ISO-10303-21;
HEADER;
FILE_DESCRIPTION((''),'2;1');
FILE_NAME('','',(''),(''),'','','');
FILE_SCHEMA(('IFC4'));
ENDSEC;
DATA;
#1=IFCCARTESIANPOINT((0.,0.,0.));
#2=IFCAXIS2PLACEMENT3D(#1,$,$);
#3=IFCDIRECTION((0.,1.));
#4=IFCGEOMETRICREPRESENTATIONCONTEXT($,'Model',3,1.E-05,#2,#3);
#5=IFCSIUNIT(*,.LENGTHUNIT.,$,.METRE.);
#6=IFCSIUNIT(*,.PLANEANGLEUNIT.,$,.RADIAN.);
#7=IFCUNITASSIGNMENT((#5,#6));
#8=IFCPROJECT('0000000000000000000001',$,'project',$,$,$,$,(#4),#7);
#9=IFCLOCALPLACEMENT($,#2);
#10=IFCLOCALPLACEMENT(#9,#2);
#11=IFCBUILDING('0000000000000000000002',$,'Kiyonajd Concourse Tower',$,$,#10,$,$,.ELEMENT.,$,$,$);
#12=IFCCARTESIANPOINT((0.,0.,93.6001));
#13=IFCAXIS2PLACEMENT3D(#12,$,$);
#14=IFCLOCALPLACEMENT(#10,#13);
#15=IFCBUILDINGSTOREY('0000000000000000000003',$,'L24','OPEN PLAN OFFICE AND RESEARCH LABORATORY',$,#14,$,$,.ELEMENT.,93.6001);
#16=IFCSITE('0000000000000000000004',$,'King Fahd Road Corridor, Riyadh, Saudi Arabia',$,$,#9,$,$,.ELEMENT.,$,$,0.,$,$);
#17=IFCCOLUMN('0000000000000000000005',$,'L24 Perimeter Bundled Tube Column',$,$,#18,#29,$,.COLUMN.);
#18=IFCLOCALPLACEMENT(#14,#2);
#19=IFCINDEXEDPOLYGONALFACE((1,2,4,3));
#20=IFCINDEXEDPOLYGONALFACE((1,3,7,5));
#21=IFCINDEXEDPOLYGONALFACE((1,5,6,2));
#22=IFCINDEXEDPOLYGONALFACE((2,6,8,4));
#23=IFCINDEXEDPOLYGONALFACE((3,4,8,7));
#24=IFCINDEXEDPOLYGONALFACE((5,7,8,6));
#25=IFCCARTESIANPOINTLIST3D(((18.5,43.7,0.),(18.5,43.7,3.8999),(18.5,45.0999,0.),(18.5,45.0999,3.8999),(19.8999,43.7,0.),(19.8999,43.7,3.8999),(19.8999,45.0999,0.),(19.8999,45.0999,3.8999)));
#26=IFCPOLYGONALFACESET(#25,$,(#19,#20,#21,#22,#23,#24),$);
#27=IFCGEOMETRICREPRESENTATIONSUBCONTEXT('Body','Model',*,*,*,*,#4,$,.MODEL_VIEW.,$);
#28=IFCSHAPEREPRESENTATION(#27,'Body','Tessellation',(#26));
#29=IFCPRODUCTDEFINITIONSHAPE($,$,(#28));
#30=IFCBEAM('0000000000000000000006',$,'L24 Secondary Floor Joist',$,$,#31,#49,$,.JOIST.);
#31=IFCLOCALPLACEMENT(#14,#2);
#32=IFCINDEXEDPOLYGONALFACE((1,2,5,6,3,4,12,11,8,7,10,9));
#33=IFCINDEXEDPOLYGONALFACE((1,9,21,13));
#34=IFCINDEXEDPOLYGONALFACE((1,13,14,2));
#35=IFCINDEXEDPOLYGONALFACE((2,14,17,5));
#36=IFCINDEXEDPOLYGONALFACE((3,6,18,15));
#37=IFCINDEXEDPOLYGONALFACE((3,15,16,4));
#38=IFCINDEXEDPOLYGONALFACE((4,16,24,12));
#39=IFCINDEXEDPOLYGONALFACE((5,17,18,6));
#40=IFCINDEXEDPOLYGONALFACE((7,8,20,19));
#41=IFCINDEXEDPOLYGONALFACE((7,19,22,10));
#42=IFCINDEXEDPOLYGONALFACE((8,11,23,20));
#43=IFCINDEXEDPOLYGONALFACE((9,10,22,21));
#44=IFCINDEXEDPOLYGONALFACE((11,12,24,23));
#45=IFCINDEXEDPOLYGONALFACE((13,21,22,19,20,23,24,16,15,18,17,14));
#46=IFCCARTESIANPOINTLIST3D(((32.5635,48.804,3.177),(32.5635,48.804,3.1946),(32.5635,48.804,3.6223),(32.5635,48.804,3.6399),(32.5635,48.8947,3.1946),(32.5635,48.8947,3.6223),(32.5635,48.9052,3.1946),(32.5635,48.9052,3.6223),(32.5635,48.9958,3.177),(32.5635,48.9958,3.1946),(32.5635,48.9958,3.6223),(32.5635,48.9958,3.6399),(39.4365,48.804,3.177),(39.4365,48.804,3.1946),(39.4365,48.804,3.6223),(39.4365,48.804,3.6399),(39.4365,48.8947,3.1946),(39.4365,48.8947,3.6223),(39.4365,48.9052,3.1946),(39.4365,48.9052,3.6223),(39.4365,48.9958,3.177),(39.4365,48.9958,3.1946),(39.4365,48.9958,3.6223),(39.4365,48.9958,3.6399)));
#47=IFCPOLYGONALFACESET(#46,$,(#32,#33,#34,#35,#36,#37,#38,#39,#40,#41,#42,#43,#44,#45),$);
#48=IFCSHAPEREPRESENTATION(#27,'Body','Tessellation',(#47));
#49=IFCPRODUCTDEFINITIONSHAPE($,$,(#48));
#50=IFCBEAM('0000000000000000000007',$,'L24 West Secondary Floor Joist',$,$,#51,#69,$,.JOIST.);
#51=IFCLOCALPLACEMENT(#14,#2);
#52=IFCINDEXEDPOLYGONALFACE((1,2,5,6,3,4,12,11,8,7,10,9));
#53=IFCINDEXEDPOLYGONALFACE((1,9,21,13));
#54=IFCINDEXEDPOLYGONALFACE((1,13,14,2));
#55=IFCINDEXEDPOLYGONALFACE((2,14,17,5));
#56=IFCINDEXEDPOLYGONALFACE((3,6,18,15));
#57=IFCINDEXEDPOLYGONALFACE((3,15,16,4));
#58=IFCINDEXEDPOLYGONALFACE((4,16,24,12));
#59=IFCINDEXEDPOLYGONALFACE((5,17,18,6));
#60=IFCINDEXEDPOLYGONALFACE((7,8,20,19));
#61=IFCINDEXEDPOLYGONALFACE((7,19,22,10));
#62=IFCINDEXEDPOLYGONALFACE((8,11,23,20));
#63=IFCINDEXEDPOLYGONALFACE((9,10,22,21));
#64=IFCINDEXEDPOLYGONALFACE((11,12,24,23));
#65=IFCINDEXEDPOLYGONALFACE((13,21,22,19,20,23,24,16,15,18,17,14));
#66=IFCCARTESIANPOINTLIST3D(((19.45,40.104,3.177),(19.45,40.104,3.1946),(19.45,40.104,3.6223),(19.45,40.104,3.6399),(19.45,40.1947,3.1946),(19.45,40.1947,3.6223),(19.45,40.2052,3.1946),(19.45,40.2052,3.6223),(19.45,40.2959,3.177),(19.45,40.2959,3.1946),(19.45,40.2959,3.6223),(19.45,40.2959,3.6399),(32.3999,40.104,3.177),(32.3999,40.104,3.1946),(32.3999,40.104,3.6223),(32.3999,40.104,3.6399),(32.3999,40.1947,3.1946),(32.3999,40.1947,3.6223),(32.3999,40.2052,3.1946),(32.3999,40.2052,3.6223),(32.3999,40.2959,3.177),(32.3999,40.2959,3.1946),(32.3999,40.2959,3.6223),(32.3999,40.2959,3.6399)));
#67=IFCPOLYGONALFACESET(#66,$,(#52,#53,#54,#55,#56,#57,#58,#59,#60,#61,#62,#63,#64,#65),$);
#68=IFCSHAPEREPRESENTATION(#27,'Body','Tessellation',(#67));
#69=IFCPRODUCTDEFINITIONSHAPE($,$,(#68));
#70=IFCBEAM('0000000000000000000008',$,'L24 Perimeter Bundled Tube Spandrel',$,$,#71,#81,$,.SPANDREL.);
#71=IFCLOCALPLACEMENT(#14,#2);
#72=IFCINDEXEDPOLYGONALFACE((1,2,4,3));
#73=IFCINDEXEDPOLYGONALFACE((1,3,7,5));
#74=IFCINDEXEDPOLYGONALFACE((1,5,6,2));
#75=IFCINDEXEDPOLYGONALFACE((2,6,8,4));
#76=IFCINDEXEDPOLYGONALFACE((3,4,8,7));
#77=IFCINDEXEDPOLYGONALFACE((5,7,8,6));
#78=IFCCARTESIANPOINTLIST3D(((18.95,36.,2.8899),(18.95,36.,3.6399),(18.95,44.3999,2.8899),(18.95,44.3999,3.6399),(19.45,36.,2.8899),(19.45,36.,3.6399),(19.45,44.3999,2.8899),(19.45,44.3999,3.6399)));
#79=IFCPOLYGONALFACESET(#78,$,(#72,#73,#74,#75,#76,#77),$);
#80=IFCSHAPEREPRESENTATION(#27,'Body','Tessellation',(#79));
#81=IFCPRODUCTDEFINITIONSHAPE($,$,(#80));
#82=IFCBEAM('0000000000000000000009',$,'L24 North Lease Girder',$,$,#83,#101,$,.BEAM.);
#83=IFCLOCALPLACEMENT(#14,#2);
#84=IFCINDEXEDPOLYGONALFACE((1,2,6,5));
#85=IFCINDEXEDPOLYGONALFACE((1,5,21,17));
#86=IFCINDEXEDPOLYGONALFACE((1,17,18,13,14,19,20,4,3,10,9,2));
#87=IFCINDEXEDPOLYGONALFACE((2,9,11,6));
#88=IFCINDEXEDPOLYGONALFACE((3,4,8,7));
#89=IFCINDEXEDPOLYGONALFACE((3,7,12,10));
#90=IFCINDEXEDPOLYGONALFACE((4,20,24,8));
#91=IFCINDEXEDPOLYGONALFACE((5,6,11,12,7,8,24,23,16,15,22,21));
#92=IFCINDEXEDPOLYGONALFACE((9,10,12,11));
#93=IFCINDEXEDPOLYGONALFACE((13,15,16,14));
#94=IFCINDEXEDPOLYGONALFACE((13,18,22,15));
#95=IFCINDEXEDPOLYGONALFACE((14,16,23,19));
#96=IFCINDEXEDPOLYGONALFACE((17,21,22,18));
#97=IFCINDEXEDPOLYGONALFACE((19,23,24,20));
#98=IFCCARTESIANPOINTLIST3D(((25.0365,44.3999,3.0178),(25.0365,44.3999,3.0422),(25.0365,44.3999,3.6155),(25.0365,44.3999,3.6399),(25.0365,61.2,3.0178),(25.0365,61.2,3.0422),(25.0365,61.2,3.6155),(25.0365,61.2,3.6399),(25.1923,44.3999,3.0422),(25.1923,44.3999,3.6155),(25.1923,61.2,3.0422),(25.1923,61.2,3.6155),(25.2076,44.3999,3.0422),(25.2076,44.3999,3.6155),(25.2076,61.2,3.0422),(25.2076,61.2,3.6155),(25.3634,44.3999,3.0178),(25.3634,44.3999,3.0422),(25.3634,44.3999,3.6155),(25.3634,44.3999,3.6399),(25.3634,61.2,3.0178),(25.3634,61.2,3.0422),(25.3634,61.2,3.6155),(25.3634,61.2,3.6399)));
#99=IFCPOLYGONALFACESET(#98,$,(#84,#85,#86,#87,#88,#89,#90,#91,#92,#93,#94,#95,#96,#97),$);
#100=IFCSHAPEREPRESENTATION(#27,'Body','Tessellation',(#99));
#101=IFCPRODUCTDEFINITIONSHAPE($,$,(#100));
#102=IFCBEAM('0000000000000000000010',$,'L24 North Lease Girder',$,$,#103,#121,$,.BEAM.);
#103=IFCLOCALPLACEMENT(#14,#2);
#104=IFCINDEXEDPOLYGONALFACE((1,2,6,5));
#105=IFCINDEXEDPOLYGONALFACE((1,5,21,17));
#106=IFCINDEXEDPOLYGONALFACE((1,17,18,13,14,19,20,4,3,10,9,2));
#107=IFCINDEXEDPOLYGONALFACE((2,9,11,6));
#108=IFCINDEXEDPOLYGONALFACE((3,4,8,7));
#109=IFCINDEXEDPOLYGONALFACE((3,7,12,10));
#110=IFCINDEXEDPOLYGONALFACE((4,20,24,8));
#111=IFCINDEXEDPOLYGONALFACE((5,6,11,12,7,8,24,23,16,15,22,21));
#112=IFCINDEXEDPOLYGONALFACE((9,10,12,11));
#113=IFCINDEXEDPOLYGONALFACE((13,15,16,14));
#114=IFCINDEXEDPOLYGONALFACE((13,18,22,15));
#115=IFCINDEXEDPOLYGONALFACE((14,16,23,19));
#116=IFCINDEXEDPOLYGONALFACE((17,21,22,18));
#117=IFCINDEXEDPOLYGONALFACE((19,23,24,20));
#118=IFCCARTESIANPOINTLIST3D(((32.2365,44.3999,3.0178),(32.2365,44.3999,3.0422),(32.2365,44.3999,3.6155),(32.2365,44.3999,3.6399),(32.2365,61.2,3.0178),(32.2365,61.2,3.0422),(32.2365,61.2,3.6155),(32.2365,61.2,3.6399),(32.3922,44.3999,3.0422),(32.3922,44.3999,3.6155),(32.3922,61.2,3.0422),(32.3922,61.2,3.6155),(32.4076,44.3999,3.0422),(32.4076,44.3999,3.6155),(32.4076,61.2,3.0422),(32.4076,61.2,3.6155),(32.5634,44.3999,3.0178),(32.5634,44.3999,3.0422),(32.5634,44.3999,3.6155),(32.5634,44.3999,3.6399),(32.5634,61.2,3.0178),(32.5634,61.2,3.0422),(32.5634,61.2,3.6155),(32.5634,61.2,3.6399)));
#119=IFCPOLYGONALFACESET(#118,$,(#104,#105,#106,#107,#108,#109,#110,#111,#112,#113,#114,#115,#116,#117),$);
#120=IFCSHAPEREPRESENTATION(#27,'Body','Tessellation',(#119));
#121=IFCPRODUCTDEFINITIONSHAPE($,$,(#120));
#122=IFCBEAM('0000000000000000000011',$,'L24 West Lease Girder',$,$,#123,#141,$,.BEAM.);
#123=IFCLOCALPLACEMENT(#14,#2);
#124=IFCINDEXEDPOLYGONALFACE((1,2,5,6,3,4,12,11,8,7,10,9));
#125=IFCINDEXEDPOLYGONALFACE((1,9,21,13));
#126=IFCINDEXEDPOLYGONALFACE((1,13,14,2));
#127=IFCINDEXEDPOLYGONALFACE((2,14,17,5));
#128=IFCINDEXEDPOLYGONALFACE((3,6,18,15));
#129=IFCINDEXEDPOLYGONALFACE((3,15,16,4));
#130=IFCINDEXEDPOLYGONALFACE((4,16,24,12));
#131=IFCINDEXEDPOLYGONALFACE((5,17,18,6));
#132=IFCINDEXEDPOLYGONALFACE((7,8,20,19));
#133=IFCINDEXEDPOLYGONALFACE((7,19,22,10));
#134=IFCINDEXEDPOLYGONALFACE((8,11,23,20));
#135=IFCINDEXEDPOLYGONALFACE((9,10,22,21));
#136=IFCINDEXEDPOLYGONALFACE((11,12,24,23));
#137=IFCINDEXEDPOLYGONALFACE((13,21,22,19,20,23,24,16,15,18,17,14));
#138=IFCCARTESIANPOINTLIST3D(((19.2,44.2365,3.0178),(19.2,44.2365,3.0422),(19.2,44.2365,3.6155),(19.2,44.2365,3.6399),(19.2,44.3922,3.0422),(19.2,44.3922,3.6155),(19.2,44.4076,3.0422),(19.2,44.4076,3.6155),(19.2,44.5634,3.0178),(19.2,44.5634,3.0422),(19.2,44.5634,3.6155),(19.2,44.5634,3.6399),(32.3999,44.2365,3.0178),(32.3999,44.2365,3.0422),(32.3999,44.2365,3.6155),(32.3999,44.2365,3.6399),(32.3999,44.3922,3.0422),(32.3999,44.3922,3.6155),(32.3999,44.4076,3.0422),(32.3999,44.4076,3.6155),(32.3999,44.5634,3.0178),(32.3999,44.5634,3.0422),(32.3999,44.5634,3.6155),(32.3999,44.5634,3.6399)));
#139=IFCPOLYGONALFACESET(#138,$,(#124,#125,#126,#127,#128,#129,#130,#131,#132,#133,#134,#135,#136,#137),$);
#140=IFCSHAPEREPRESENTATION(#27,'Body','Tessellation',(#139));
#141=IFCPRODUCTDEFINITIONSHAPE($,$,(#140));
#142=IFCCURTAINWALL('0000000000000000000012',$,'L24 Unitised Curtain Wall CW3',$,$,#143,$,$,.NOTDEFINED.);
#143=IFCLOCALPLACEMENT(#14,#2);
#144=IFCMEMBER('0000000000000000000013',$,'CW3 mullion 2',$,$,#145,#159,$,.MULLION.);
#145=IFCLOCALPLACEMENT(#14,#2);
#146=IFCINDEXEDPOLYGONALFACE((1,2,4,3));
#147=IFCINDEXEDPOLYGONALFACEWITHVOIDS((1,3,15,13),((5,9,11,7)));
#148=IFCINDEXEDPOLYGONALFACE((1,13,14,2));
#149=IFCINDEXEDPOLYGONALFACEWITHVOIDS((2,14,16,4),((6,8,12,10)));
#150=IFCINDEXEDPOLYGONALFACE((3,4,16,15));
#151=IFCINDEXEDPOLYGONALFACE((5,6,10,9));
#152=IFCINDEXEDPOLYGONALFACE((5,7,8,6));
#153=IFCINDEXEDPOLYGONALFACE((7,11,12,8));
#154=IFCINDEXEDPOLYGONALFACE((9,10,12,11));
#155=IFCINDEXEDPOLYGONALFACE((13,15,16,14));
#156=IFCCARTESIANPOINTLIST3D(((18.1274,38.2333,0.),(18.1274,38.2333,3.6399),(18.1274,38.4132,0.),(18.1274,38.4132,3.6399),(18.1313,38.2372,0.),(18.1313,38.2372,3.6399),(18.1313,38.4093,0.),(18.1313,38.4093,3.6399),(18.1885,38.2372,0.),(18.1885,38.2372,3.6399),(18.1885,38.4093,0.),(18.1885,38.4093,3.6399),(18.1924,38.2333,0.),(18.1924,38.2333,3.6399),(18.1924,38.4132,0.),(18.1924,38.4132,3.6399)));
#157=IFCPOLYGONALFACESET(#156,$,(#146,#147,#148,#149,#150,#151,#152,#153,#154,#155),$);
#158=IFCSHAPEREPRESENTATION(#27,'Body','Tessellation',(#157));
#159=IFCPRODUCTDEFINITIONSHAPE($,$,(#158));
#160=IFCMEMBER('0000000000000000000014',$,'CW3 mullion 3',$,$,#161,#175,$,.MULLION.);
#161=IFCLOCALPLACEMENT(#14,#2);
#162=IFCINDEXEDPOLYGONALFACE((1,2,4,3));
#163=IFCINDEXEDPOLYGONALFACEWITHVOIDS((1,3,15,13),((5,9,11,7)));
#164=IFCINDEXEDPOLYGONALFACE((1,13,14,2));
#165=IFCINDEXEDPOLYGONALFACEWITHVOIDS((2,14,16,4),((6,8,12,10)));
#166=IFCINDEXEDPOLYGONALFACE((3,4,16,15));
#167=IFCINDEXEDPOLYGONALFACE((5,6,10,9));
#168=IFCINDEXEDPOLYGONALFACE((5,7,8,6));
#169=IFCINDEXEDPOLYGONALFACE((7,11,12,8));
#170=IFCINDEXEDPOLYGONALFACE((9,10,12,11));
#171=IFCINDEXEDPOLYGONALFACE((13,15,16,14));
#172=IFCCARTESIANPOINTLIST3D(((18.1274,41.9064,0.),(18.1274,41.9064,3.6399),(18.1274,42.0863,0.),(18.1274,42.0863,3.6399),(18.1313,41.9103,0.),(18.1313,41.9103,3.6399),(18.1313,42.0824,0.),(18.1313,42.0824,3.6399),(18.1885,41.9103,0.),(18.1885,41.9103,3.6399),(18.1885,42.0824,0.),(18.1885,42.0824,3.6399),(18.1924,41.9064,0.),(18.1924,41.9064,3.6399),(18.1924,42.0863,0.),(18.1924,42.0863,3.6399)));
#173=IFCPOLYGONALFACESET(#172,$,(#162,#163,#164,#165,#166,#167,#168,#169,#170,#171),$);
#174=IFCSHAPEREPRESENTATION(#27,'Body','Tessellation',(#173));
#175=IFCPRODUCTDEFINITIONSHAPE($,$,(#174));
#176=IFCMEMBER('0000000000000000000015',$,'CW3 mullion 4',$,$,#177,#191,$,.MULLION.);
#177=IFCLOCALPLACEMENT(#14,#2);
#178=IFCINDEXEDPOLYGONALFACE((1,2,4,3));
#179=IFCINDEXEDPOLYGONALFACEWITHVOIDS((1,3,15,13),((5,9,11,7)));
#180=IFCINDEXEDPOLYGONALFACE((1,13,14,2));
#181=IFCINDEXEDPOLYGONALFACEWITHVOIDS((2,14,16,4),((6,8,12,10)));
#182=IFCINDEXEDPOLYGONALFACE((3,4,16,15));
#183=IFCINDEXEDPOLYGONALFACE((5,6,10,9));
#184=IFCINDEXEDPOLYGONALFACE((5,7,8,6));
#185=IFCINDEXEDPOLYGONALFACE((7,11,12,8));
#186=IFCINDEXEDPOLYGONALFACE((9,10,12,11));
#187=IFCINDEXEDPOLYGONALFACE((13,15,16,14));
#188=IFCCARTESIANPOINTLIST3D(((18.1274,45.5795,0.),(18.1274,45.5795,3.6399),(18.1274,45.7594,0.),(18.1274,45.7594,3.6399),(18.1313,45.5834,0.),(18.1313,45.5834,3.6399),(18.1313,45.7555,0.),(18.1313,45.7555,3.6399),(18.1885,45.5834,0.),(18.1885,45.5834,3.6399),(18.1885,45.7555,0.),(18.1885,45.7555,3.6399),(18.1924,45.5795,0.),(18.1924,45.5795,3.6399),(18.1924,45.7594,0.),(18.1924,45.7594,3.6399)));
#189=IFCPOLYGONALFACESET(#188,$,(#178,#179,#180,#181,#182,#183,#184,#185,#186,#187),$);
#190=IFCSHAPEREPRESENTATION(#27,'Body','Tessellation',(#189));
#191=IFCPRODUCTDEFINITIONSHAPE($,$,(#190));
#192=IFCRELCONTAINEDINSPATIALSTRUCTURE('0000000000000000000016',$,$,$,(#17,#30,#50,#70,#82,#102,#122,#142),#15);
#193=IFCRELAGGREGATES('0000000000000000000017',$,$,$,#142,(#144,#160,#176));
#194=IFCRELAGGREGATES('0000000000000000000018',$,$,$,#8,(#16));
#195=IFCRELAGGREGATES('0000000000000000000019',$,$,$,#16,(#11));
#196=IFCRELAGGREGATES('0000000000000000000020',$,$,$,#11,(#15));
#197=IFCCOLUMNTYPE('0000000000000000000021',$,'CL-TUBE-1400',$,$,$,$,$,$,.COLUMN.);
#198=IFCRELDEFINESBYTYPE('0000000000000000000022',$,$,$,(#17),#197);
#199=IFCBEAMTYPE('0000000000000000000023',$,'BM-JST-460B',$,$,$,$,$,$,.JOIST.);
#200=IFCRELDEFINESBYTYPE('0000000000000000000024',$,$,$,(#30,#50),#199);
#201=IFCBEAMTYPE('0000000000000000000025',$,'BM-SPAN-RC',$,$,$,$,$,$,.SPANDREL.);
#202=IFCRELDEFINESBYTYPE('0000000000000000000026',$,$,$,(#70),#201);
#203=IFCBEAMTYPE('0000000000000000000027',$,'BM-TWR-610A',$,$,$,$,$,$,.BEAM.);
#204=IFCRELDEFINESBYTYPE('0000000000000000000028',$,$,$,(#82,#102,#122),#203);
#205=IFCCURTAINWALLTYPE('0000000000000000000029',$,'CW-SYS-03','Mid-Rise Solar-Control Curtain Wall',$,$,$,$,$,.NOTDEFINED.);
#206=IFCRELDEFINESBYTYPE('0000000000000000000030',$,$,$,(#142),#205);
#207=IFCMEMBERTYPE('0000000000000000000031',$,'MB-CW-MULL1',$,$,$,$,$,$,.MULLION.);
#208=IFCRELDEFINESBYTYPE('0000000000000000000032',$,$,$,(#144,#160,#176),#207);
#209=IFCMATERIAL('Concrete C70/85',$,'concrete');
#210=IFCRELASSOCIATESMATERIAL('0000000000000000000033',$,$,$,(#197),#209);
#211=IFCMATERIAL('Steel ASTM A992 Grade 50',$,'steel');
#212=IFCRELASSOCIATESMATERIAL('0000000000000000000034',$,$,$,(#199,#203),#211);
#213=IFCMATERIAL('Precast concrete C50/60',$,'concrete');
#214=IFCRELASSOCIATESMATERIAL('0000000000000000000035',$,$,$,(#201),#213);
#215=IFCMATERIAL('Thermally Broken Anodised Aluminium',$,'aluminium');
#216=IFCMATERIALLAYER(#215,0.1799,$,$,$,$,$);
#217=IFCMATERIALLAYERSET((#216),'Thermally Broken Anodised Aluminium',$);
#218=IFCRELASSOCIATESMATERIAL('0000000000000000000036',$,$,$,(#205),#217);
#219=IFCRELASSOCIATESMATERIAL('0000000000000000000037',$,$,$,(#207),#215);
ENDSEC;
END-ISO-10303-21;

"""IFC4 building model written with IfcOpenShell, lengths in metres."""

from ifc_helpers import new_model, si_unit, direction, frame, origin, origin_2d, place, context, subcontext, project, spatial, rectangle, hollow_rectangle, i_section, extrude, material, layer, layer_set, material_profile, profile_set, type_object, element, aggregate, save


model = new_model("IFC4")

# Units and contexts
model_context = context("Model", 3, precision=1e-05, world=origin(), true_north=direction((0.0, 1.0)))
body_context = subcontext(model_context, "Body", "Model", "MODEL_VIEW")
ifc_project = project(units=[si_unit("LENGTHUNIT", "METRE"), si_unit("PLANEANGLEUNIT", "RADIAN")], contexts=[model_context])

# Site, building, storey
site_placement = place(None, origin())
site = spatial("IfcSite", under=ifc_project, at=site_placement, Name="King Fahd Road Corridor, Riyadh, Saudi Arabia", CompositionType="ELEMENT", RefElevation=0.0)
building_placement = place(site_placement, origin())
building = spatial("IfcBuilding", under=site, at=building_placement, Name="Kiyonajd Concourse Tower", CompositionType="ELEMENT")
storey_placement = place(building_placement, frame((0.0, 0.0, 93.6001)))
storey = spatial("IfcBuildingStorey", under=building, at=storey_placement, Name="L24", Description="OPEN PLAN OFFICE AND RESEARCH LABORATORY", CompositionType="ELEMENT", Elevation=93.6001)

# Column
ifc_material_1 = material(Name="Concrete C70/85", Category="concrete")
ifc_material_profile_1 = material_profile(ifc_material_1, rectangle(XDim=1.3999, YDim=1.3999, at=origin_2d()), Name="RC-1400x1400")
ifc_profile_set_1 = profile_set([ifc_material_profile_1], Name="Concrete C70/85")
column_type = type_object("IfcColumnType", Name="CL-TUBE-1400", PredefinedType="COLUMN", material=ifc_profile_set_1)
column_placement = place(storey_placement, frame((19.2, 44.3999, 0.0), z_axis=(0.0, 0.0, 1.0), x_axis=(1.0, 0.0, 0.0)))
element("IfcColumn", 1, at=column_placement, inside=storey, type_object=column_type, Name="L24 Perimeter Bundled Tube Column", PredefinedType="COLUMN", context=body_context, shape_type="SweptSolid", body=[
    extrude(rectangle(XDim=1.3999, YDim=1.3999, at=origin_2d()), origin(), (0.0, 0.0, 1.0), 3.8999),
])

# Beams
ifc_material_2 = material(Name="Steel ASTM A992 Grade 50", Category="steel")
ifc_material_profile_2 = material_profile(ifc_material_2, i_section(OverallWidth=0.1919, OverallDepth=0.4629, WebThickness=0.0105, FlangeThickness=0.0176, at=origin_2d()), Name="W460X89")
ifc_profile_set_2 = profile_set([ifc_material_profile_2], Name="Steel ASTM A992 Grade 50")
beam_type_1 = type_object("IfcBeamType", Name="BM-JST-460B", PredefinedType="JOIST", material=ifc_profile_set_2)
beam_1_placement = place(storey_placement, frame((32.5635, 48.8999, 3.4084), z_axis=(1.0, 0.0, 0.0), x_axis=(0.0, 1.0, 0.0)))
element("IfcBeam", 2, at=beam_1_placement, inside=storey, type_object=beam_type_1, Name="L24 Secondary Floor Joist", PredefinedType="JOIST", context=body_context, shape_type="SweptSolid", body=[
    extrude(i_section(OverallWidth=0.1919, OverallDepth=0.4629, WebThickness=0.0105, FlangeThickness=0.0176, at=origin_2d()), origin(), (0.0, 0.0, 1.0), 6.873),
])
beam_2_placement = place(storey_placement, frame((19.45, 40.2, 3.4084), z_axis=(1.0, 0.0, 0.0), x_axis=(0.0, 1.0, 0.0)))
element("IfcBeam", 3, at=beam_2_placement, inside=storey, type_object=beam_type_1, Name="L24 West Secondary Floor Joist", PredefinedType="JOIST", context=body_context, shape_type="SweptSolid", body=[
    extrude(i_section(OverallWidth=0.1919, OverallDepth=0.4629, WebThickness=0.0105, FlangeThickness=0.0176, at=origin_2d()), origin(), (0.0, 0.0, 1.0), 12.95),
])
ifc_material_3 = material(Name="Precast concrete C50/60", Category="concrete")
ifc_material_profile_3 = material_profile(ifc_material_3, rectangle(XDim=0.5, YDim=0.75, at=origin_2d()), Name="RCBM-500x750")
ifc_profile_set_3 = profile_set([ifc_material_profile_3], Name="Precast concrete C50/60")
beam_type_2 = type_object("IfcBeamType", Name="BM-SPAN-RC", PredefinedType="SPANDREL", material=ifc_profile_set_3)
beam_3_placement = place(storey_placement, frame((19.2, 44.3999, 3.2649), z_axis=(0.0, -1.0, 0.0), x_axis=(1.0, 0.0, 0.0)))
element("IfcBeam", 4, at=beam_3_placement, inside=storey, type_object=beam_type_2, Name="L24 Perimeter Bundled Tube Spandrel", PredefinedType="SPANDREL", context=body_context, shape_type="SweptSolid", body=[
    extrude(rectangle(XDim=0.5, YDim=0.75, at=origin_2d()), origin(), (0.0, 0.0, 1.0), 8.3999),
])
ifc_material_profile_4 = material_profile(ifc_material_2, i_section(OverallWidth=0.3269, OverallDepth=0.6221, WebThickness=0.0154, FlangeThickness=0.0244, at=origin_2d()), Name="W610X195")
ifc_profile_set_4 = profile_set([ifc_material_profile_4], Name="Steel ASTM A992 Grade 50")
beam_type_3 = type_object("IfcBeamType", Name="BM-TWR-610A", PredefinedType="BEAM", material=ifc_profile_set_4)
for number, where, z_axis, x_axis, name in (
    (5, (25.2, 44.3999, 3.3289), (0.0, 1.0, 0.0), (-1.0, 0.0, 0.0), "L24 North Lease Girder"),
    (6, (32.3999, 44.3999, 3.3289), (0.0, 1.0, 0.0), (-1.0, 0.0, 0.0), "L24 North Lease Girder"),
):
    element("IfcBeam", number, at=place(storey_placement, frame(where, z_axis=z_axis, x_axis=x_axis)), inside=storey, type_object=beam_type_3, Name=name, PredefinedType="BEAM", context=body_context, shape_type="SweptSolid", body=[
        extrude(i_section(OverallWidth=0.3269, OverallDepth=0.6221, WebThickness=0.0154, FlangeThickness=0.0244, at=origin_2d()), origin(), (0.0, 0.0, 1.0), 16.8),
    ])
beam_4_placement = place(storey_placement, frame((19.2, 44.3999, 3.3289), z_axis=(1.0, 0.0, 0.0), x_axis=(0.0, 1.0, 0.0)))
element("IfcBeam", 7, at=beam_4_placement, inside=storey, type_object=beam_type_3, Name="L24 West Lease Girder", PredefinedType="BEAM", context=body_context, shape_type="SweptSolid", body=[
    extrude(i_section(OverallWidth=0.3269, OverallDepth=0.6221, WebThickness=0.0154, FlangeThickness=0.0244, at=origin_2d()), origin(), (0.0, 0.0, 1.0), 13.2),
])

# Curtain wall, members
ifc_material_4 = material(Name="Thermally Broken Anodised Aluminium", Category="aluminium")
ifc_layer_1 = layer(ifc_material_4, 0.1799)
ifc_layer_set_1 = layer_set([ifc_layer_1], Name="Thermally Broken Anodised Aluminium")
curtain_wall_type = type_object("IfcCurtainWallType", Name="CW-SYS-03", Description="Mid-Rise Solar-Control Curtain Wall", PredefinedType="NOTDEFINED", material=ifc_layer_set_1)
curtain_wall_placement = place(storey_placement, origin())
curtain_wall = element("IfcCurtainWall", 8, at=curtain_wall_placement, inside=storey, type_object=curtain_wall_type, Name="L24 Unitised Curtain Wall CW3", PredefinedType="NOTDEFINED")
ifc_material_profile_5 = material_profile(ifc_material_4, hollow_rectangle(XDim=0.0649, YDim=0.1799, WallThickness=0.0039, at=origin_2d()), Name="MULL-65x180")
ifc_profile_set_5 = profile_set([ifc_material_profile_5], Name="Thermally Broken Anodised Aluminium")
member_type_1 = type_object("IfcMemberType", Name="MB-CW-MULL1", PredefinedType="MULLION", material=ifc_profile_set_5)
member_1_placement = place(storey_placement, frame((18.1599, 38.3232, 0.0), z_axis=(0.0, 0.0, 1.0), x_axis=(-1.0, 0.0, 0.0)))
member_1 = element("IfcMember", 9, at=member_1_placement, type_object=member_type_1, Name="CW3 mullion 2", PredefinedType="MULLION", context=body_context, shape_type="SweptSolid", body=[
    extrude(hollow_rectangle(XDim=0.0649, YDim=0.1799, WallThickness=0.0039, at=origin_2d()), origin(), (0.0, 0.0, 1.0), 3.6399),
])
member_2_placement = place(storey_placement, frame((18.1599, 41.9963, 0.0), z_axis=(0.0, 0.0, 1.0), x_axis=(-1.0, 0.0, 0.0)))
member_2 = element("IfcMember", 10, at=member_2_placement, type_object=member_type_1, Name="CW3 mullion 3", PredefinedType="MULLION", context=body_context, shape_type="SweptSolid", body=[
    extrude(hollow_rectangle(XDim=0.0649, YDim=0.1799, WallThickness=0.0039, at=origin_2d()), origin(), (0.0, 0.0, 1.0), 3.6399),
])
member_3_placement = place(storey_placement, frame((18.1599, 45.6694, 0.0), z_axis=(0.0, 0.0, 1.0), x_axis=(-1.0, 0.0, 0.0)))
member_3 = element("IfcMember", 11, at=member_3_placement, type_object=member_type_1, Name="CW3 mullion 4", PredefinedType="MULLION", context=body_context, shape_type="SweptSolid", body=[
    extrude(hollow_rectangle(XDim=0.0649, YDim=0.1799, WallThickness=0.0039, at=origin_2d()), origin(), (0.0, 0.0, 1.0), 3.6399),
])
aggregate(curtain_wall, [member_1, member_2, member_3])

save(model, "model.ifc")
